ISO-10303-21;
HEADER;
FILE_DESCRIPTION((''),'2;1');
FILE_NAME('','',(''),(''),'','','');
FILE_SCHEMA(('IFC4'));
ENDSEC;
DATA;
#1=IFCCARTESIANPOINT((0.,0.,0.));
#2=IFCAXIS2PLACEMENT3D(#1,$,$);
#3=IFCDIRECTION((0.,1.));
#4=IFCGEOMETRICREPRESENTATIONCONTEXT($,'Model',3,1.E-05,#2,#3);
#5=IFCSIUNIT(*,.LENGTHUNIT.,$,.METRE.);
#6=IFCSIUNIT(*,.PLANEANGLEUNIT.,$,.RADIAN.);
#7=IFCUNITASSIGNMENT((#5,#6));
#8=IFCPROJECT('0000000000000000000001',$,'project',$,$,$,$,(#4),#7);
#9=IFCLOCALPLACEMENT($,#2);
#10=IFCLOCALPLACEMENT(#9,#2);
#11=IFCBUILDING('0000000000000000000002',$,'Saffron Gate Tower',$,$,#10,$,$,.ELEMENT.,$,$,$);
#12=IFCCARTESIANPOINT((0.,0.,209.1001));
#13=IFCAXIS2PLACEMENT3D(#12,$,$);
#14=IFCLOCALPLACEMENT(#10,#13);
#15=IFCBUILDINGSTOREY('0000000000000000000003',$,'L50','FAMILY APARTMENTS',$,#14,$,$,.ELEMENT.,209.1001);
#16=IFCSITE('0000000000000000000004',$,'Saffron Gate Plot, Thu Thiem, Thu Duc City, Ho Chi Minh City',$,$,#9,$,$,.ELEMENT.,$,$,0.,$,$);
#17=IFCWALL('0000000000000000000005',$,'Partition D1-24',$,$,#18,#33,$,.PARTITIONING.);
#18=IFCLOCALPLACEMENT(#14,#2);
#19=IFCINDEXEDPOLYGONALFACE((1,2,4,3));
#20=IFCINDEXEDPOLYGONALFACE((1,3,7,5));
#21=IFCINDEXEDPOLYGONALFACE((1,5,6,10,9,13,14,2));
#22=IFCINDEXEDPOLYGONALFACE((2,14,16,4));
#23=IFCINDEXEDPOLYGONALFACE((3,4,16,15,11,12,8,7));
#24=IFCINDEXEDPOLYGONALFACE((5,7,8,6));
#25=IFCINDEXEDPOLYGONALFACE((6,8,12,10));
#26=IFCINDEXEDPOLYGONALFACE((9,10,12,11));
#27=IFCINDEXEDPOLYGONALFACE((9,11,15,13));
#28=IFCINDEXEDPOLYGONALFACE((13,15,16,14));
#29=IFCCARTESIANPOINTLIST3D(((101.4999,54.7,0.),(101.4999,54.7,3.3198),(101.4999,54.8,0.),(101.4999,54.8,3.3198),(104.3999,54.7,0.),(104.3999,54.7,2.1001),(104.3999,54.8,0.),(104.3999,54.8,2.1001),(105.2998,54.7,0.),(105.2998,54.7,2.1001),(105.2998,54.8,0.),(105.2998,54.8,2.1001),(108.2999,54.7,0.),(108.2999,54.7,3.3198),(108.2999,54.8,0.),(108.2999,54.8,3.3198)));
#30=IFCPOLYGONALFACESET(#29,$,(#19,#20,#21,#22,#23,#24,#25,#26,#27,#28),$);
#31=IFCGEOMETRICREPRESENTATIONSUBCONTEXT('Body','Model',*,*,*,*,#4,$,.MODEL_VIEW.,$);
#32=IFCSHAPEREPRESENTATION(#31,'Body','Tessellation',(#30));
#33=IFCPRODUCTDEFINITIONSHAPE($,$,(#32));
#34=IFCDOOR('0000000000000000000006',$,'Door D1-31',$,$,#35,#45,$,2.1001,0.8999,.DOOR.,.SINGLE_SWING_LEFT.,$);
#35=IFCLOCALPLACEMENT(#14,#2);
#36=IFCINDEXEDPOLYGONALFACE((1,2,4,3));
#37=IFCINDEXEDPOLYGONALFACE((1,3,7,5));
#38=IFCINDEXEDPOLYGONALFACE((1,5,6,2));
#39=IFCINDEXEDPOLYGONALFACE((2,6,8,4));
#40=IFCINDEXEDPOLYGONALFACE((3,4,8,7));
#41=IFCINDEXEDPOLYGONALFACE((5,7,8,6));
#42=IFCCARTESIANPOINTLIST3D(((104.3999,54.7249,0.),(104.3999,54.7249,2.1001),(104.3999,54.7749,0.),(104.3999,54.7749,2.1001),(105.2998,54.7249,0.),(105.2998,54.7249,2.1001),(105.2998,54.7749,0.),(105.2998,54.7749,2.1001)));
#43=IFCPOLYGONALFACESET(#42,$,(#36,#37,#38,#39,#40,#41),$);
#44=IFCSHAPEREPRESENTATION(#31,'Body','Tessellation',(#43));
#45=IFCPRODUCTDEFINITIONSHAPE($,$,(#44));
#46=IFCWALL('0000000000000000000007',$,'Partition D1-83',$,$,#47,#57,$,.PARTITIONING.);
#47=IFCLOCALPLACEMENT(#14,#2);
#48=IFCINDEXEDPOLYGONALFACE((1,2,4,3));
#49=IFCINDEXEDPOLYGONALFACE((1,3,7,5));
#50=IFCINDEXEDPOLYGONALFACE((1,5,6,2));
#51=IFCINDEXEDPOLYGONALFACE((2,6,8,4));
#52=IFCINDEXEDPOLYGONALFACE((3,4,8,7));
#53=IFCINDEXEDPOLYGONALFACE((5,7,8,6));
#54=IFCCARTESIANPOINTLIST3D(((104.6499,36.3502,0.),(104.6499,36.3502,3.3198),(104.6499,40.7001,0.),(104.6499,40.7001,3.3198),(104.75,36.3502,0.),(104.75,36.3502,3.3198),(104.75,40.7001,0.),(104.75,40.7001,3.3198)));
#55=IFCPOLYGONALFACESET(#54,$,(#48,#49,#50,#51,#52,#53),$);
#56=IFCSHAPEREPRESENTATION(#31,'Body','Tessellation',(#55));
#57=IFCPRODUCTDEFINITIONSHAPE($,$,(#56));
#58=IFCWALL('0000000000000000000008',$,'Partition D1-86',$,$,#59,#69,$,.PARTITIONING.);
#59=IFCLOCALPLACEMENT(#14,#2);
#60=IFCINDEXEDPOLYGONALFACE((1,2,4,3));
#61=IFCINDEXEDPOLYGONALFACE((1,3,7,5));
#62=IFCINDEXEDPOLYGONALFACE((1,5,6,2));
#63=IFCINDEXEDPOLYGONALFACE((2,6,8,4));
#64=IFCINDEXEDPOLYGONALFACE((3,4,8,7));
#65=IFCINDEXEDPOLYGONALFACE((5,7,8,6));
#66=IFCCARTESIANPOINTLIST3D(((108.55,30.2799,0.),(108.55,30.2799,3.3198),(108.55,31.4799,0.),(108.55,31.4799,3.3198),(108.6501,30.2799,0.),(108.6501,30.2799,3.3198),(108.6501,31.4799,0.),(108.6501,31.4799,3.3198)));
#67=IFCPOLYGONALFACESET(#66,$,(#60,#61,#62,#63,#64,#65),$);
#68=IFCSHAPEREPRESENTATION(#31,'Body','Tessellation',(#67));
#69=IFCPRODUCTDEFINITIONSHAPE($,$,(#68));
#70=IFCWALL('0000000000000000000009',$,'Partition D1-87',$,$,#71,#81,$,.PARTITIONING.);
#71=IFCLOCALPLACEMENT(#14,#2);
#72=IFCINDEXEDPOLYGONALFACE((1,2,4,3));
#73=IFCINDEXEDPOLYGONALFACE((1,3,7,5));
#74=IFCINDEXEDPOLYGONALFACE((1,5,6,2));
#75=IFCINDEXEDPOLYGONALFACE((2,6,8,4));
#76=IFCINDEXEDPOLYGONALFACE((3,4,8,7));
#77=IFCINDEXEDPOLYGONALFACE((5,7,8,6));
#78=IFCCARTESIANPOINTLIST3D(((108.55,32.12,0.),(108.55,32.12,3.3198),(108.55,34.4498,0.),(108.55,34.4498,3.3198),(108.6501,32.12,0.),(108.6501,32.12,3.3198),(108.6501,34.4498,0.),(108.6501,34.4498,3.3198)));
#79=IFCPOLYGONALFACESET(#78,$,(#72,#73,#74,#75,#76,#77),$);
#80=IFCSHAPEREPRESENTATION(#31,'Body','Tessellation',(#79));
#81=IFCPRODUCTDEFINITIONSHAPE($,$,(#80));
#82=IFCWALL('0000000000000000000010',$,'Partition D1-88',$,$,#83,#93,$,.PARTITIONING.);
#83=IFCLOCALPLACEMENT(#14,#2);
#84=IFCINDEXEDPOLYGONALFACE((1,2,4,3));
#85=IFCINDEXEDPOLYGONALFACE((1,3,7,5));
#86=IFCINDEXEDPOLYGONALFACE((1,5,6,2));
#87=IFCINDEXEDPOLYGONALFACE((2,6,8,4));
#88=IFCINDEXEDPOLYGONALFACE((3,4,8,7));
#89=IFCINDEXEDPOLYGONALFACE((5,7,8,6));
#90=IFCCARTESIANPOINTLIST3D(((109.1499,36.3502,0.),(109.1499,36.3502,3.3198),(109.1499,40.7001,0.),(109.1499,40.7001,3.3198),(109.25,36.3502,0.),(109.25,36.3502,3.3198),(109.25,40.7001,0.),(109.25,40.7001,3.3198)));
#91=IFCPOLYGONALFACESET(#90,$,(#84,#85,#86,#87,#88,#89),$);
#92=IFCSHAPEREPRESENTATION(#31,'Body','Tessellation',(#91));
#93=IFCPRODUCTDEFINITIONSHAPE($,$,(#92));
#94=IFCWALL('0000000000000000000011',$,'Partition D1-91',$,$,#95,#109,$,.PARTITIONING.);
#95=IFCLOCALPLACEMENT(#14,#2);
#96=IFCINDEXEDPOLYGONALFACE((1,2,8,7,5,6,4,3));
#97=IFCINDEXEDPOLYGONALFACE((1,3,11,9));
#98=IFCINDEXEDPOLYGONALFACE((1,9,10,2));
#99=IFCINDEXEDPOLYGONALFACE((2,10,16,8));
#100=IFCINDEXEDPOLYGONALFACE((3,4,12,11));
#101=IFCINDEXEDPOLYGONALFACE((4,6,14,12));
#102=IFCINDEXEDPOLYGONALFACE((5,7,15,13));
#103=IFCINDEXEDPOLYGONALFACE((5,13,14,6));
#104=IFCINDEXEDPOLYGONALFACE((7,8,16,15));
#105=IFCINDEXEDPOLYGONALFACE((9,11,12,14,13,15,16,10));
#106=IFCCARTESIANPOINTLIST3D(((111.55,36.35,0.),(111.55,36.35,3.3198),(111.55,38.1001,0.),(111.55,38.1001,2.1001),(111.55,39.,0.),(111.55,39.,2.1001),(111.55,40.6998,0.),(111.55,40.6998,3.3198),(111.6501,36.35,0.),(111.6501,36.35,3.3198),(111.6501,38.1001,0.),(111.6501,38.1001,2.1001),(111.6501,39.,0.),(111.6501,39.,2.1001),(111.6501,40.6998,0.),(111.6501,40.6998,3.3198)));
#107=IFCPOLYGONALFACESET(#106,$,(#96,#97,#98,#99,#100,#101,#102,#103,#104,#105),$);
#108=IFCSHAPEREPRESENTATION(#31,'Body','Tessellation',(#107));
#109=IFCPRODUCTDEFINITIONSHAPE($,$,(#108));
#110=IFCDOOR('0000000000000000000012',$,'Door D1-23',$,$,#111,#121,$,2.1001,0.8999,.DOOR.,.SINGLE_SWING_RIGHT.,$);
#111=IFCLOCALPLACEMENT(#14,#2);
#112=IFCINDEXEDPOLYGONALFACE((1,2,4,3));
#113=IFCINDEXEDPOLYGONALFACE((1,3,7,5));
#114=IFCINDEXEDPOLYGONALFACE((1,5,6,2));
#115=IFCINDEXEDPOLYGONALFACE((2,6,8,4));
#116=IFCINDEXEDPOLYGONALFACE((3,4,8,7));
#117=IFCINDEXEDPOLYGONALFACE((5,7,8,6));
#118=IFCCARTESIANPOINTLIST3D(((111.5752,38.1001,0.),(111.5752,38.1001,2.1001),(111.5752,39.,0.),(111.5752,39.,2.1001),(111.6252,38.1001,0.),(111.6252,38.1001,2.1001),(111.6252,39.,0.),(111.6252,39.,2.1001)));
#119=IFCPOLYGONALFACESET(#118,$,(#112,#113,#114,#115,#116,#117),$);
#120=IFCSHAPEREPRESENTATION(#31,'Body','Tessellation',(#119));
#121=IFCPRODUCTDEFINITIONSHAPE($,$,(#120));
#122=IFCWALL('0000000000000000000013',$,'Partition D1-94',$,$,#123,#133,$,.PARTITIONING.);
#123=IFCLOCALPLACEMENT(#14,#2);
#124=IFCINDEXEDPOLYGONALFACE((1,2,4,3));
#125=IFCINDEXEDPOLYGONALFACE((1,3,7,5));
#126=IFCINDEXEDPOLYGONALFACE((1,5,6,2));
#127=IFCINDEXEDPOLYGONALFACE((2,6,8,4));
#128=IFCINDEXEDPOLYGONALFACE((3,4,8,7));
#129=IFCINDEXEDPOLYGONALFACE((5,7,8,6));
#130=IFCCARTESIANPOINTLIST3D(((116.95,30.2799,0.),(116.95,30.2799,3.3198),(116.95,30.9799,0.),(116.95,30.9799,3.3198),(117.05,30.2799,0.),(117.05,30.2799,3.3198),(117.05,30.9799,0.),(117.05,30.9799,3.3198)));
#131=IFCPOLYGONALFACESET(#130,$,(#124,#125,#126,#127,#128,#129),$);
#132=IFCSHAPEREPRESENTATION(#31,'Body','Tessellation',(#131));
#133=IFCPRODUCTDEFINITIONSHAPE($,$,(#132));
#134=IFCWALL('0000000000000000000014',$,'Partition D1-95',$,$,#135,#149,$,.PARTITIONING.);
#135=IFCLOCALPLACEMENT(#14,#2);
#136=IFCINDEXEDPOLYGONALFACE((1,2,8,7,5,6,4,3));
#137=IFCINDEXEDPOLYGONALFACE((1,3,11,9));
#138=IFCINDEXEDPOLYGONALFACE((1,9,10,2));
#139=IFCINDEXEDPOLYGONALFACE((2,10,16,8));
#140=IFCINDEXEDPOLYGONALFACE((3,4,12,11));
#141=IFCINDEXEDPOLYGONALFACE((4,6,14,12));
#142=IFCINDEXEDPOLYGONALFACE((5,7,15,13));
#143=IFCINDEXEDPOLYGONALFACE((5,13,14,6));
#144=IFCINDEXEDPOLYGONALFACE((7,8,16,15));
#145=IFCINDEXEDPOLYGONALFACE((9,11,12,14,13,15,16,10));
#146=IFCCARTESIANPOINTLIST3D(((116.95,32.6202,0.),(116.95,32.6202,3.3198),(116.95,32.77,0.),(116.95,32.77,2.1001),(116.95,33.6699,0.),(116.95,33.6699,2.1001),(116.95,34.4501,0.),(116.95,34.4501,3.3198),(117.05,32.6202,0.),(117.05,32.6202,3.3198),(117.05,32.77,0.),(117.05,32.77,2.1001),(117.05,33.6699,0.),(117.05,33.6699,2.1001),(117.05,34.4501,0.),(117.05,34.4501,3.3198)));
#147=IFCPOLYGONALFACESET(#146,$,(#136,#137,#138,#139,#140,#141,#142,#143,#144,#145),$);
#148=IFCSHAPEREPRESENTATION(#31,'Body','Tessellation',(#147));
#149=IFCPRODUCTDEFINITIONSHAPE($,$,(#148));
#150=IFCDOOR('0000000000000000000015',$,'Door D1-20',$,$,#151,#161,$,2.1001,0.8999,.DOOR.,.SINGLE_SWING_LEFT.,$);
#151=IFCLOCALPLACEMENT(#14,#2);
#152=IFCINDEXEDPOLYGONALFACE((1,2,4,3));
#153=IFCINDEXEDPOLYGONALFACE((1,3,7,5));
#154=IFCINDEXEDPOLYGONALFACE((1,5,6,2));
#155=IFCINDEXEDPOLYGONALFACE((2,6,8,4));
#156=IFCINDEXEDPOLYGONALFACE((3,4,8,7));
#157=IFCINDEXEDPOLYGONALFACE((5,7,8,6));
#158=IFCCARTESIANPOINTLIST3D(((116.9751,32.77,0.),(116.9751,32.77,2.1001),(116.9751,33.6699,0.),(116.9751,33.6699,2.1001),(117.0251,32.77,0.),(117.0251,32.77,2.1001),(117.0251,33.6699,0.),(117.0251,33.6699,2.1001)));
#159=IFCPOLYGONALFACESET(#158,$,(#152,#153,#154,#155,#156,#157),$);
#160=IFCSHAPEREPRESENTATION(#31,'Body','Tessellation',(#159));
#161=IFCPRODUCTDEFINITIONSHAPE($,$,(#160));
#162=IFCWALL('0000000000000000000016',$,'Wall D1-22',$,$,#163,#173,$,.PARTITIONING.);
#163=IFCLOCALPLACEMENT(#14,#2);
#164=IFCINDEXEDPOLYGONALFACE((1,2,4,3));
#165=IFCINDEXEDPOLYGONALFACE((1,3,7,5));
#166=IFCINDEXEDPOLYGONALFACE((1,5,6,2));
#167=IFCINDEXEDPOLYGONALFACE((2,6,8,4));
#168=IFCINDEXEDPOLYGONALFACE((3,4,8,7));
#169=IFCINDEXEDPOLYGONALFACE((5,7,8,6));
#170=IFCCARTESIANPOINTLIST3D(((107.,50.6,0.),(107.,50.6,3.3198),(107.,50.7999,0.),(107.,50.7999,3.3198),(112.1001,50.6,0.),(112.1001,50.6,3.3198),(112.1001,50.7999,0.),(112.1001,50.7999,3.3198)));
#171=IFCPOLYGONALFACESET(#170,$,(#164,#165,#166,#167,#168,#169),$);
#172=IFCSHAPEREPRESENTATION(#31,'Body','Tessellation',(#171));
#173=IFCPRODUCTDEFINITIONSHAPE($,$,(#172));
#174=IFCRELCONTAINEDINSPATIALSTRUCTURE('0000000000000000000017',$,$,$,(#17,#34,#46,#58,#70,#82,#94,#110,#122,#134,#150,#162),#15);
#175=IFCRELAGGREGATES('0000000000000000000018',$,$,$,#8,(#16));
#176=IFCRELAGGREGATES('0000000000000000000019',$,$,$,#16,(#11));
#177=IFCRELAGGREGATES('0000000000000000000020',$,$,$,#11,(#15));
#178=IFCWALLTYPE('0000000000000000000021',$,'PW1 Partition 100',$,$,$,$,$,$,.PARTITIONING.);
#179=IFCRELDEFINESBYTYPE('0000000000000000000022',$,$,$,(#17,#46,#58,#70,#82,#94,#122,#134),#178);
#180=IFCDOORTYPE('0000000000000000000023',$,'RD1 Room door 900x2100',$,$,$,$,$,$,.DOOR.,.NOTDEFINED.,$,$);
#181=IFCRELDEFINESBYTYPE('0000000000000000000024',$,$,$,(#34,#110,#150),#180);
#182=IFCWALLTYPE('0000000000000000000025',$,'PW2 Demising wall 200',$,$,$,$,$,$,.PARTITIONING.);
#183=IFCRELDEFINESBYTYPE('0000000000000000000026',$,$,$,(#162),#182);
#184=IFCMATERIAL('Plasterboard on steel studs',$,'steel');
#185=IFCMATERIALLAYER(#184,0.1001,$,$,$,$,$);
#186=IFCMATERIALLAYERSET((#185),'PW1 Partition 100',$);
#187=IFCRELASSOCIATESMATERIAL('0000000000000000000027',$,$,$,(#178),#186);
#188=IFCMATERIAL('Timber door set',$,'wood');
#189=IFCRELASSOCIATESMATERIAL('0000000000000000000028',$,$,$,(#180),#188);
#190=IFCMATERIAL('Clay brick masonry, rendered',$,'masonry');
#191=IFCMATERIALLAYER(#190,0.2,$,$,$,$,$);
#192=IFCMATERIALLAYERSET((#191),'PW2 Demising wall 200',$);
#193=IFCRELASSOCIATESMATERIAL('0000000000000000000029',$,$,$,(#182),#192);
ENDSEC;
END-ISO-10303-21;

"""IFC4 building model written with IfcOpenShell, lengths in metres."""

from ifc_helpers import new_model, si_unit, direction, frame, frame_2d, origin, place, context, subcontext, project, spatial, rectangle, extrude, material, layer, layer_set, type_object, element, fill, save


model = new_model("IFC4")

# Units and contexts
model_context = context("Model", 3, precision=1e-05, world=origin(), true_north=direction((0.0, 1.0)))
body_context = subcontext(model_context, "Body", "Model", "MODEL_VIEW")
ifc_project = project(units=[si_unit("LENGTHUNIT", "METRE"), si_unit("PLANEANGLEUNIT", "RADIAN")], contexts=[model_context])

# Site, building, storey
site_placement = place(None, origin())
site = spatial("IfcSite", under=ifc_project, at=site_placement, Name="Saffron Gate Plot, Thu Thiem, Thu Duc City, Ho Chi Minh City", CompositionType="ELEMENT", RefElevation=0.0)
building_placement = place(site_placement, origin())
building = spatial("IfcBuilding", under=site, at=building_placement, Name="Saffron Gate Tower", CompositionType="ELEMENT")
storey_placement = place(building_placement, frame((0.0, 0.0, 209.1001)))
storey = spatial("IfcBuildingStorey", under=building, at=storey_placement, Name="L50", Description="FAMILY APARTMENTS", CompositionType="ELEMENT", Elevation=209.1001)

# Wall, opening, door
ifc_material_1 = material(Name="Plasterboard on steel studs", Category="steel")
ifc_layer_1 = layer(ifc_material_1, 0.1001)
ifc_layer_set_1 = layer_set([ifc_layer_1], Name="PW1 Partition 100")
wall_type_1 = type_object("IfcWallType", Name="PW1 Partition 100", PredefinedType="PARTITIONING", material=ifc_layer_set_1)
wall_1_placement = place(storey_placement, frame((101.5, 54.75, 0.0), z_axis=(0.0, 0.0, 1.0), x_axis=(1.0, 0.0, 0.0)))
wall_1 = element("IfcWall", 1, at=wall_1_placement, inside=storey, type_object=wall_type_1, Name="Partition D1-24", PredefinedType="PARTITIONING", context=body_context, shape_type="SweptSolid", body=[
    extrude(rectangle(XDim=6.8, YDim=0.1001, at=frame_2d((3.3999, 0.0))), origin(), (0.0, 0.0, 1.0), 3.3198),
])
opening_1_placement = place(wall_1_placement, frame((2.8999, 0.0, 0.0)))
opening_1 = element("IfcOpeningElement", 2, at=opening_1_placement, cuts=wall_1, PredefinedType="OPENING", context=body_context, shape_type="SweptSolid", body=[
    extrude(rectangle(XDim=0.8999, YDim=2.1001, at=frame_2d((0.45, 1.05))), frame((0.0, 0.0601, 0.0), z_axis=(0.0, -1.0, 0.0), x_axis=(1.0, 0.0, 0.0)), (0.0, 0.0, 1.0), 0.1201),
])
ifc_material_2 = material(Name="Timber door set", Category="wood")
door_type_1 = type_object("IfcDoorType", Name="RD1 Room door 900x2100", OperationType="NOTDEFINED", PredefinedType="DOOR", material=ifc_material_2)
door_1_placement = place(opening_1_placement, origin())
door_1 = element("IfcDoor", 3, at=door_1_placement, inside=storey, type_object=door_type_1, Name="Door D1-31", OperationType="SINGLE_SWING_LEFT", OverallHeight=2.1001, OverallWidth=0.8999, PredefinedType="DOOR", context=body_context, shape_type="SweptSolid", body=[
    extrude(rectangle(XDim=0.8999, YDim=2.1001, at=frame_2d((0.45, 1.05))), frame((0.0, 0.0249, 0.0), z_axis=(0.0, -1.0, 0.0), x_axis=(1.0, 0.0, 0.0)), (0.0, 0.0, 1.0), 0.05),
])
fill(opening_1, door_1)

# Walls
wall_2_placement = place(storey_placement, frame((104.7, 40.7, 0.0), z_axis=(0.0, 0.0, 1.0), x_axis=(0.0, -1.0, 0.0)))
element("IfcWall", 4, at=wall_2_placement, inside=storey, type_object=wall_type_1, Name="Partition D1-83", PredefinedType="PARTITIONING", context=body_context, shape_type="SweptSolid", body=[
    extrude(rectangle(XDim=4.3499, YDim=0.1001, at=frame_2d((2.1748, 0.0))), origin(), (0.0, 0.0, 1.0), 3.3198),
])
wall_3_placement = place(storey_placement, frame((108.6001, 31.48, 0.0), z_axis=(0.0, 0.0, 1.0), x_axis=(0.0, -1.0, 0.0)))
element("IfcWall", 5, at=wall_3_placement, inside=storey, type_object=wall_type_1, Name="Partition D1-86", PredefinedType="PARTITIONING", context=body_context, shape_type="SweptSolid", body=[
    extrude(rectangle(XDim=1.2, YDim=0.1001, at=frame_2d((0.6001, 0.0))), origin(), (0.0, 0.0, 1.0), 3.3198),
])
wall_4_placement = place(storey_placement, frame((108.6001, 34.45, 0.0), z_axis=(0.0, 0.0, 1.0), x_axis=(0.0, -1.0, 0.0)))
element("IfcWall", 6, at=wall_4_placement, inside=storey, type_object=wall_type_1, Name="Partition D1-87", PredefinedType="PARTITIONING", context=body_context, shape_type="SweptSolid", body=[
    extrude(rectangle(XDim=2.3298, YDim=0.1001, at=frame_2d((1.165, 0.0))), origin(), (0.0, 0.0, 1.0), 3.3198),
])
wall_5_placement = place(storey_placement, frame((109.2, 40.7, 0.0), z_axis=(0.0, 0.0, 1.0), x_axis=(0.0, -1.0, 0.0)))
element("IfcWall", 7, at=wall_5_placement, inside=storey, type_object=wall_type_1, Name="Partition D1-88", PredefinedType="PARTITIONING", context=body_context, shape_type="SweptSolid", body=[
    extrude(rectangle(XDim=4.3499, YDim=0.1001, at=frame_2d((2.1748, 0.0))), origin(), (0.0, 0.0, 1.0), 3.3198),
])

# Wall, opening, door
wall_6_placement = place(storey_placement, frame((111.6001, 36.3501, 0.0), z_axis=(0.0, 0.0, 1.0), x_axis=(0.0, 1.0, 0.0)))
wall_6 = element("IfcWall", 8, at=wall_6_placement, inside=storey, type_object=wall_type_1, Name="Partition D1-91", PredefinedType="PARTITIONING", context=body_context, shape_type="SweptSolid", body=[
    extrude(rectangle(XDim=4.3499, YDim=0.1001, at=frame_2d((2.1748, 0.0))), origin(), (0.0, 0.0, 1.0), 3.3198),
])
opening_2_placement = place(wall_6_placement, frame((1.75, 0.0, 0.0)))
opening_2 = element("IfcOpeningElement", 9, at=opening_2_placement, cuts=wall_6, PredefinedType="OPENING", context=body_context, shape_type="SweptSolid", body=[
    extrude(rectangle(XDim=0.8999, YDim=2.1001, at=frame_2d((0.45, 1.05))), frame((0.0, 0.0601, 0.0), z_axis=(0.0, -1.0, 0.0), x_axis=(1.0, 0.0, 0.0)), (0.0, 0.0, 1.0), 0.1201),
])
door_2_placement = place(opening_2_placement, origin())
door_2 = element("IfcDoor", 10, at=door_2_placement, inside=storey, type_object=door_type_1, Name="Door D1-23", OperationType="SINGLE_SWING_RIGHT", OverallHeight=2.1001, OverallWidth=0.8999, PredefinedType="DOOR", context=body_context, shape_type="SweptSolid", body=[
    extrude(rectangle(XDim=0.8999, YDim=2.1001, at=frame_2d((0.45, 1.05))), frame((0.0, 0.0249, 0.0), z_axis=(0.0, -1.0, 0.0), x_axis=(1.0, 0.0, 0.0)), (0.0, 0.0, 1.0), 0.05),
])
fill(opening_2, door_2)

# Wall
wall_7_placement = place(storey_placement, frame((117.0, 30.98, 0.0), z_axis=(0.0, 0.0, 1.0), x_axis=(0.0, -1.0, 0.0)))
element("IfcWall", 11, at=wall_7_placement, inside=storey, type_object=wall_type_1, Name="Partition D1-94", PredefinedType="PARTITIONING", context=body_context, shape_type="SweptSolid", body=[
    extrude(rectangle(XDim=0.7, YDim=0.1001, at=frame_2d((0.3501, 0.0))), origin(), (0.0, 0.0, 1.0), 3.3198),
])

# Wall, opening, door
wall_8_placement = place(storey_placement, frame((117.0, 32.6201, 0.0), z_axis=(0.0, 0.0, 1.0), x_axis=(0.0, 1.0, 0.0)))
wall_8 = element("IfcWall", 12, at=wall_8_placement, inside=storey, type_object=wall_type_1, Name="Partition D1-95", PredefinedType="PARTITIONING", context=body_context, shape_type="SweptSolid", body=[
    extrude(rectangle(XDim=1.8298, YDim=0.1001, at=frame_2d((0.915, 0.0))), origin(), (0.0, 0.0, 1.0), 3.3198),
])
opening_3_placement = place(wall_8_placement, frame((0.1499, 0.0, 0.0)))
opening_3 = element("IfcOpeningElement", 13, at=opening_3_placement, cuts=wall_8, PredefinedType="OPENING", context=body_context, shape_type="SweptSolid", body=[
    extrude(rectangle(XDim=0.8999, YDim=2.1001, at=frame_2d((0.45, 1.05))), frame((0.0, 0.0601, 0.0), z_axis=(0.0, -1.0, 0.0), x_axis=(1.0, 0.0, 0.0)), (0.0, 0.0, 1.0), 0.1201),
])
door_3_placement = place(opening_3_placement, origin())
door_3 = element("IfcDoor", 14, at=door_3_placement, inside=storey, type_object=door_type_1, Name="Door D1-20", OperationType="SINGLE_SWING_LEFT", OverallHeight=2.1001, OverallWidth=0.8999, PredefinedType="DOOR", context=body_context, shape_type="SweptSolid", body=[
    extrude(rectangle(XDim=0.8999, YDim=2.1001, at=frame_2d((0.45, 1.05))), frame((0.0, 0.0249, 0.0), z_axis=(0.0, -1.0, 0.0), x_axis=(1.0, 0.0, 0.0)), (0.0, 0.0, 1.0), 0.05),
])
fill(opening_3, door_3)

# Wall
ifc_material_3 = material(Name="Clay brick masonry, rendered", Category="masonry")
ifc_layer_2 = layer(ifc_material_3, 0.2)
ifc_layer_set_2 = layer_set([ifc_layer_2], Name="PW2 Demising wall 200")
wall_type_2 = type_object("IfcWallType", Name="PW2 Demising wall 200", PredefinedType="PARTITIONING", material=ifc_layer_set_2)
wall_9_placement = place(storey_placement, frame((107.0, 50.7, 0.0), z_axis=(0.0, 0.0, 1.0), x_axis=(1.0, 0.0, 0.0)))
element("IfcWall", 15, at=wall_9_placement, inside=storey, type_object=wall_type_2, Name="Wall D1-22", PredefinedType="PARTITIONING", context=body_context, shape_type="SweptSolid", body=[
    extrude(rectangle(XDim=5.1001, YDim=0.2, at=frame_2d((2.55, 0.0))), origin(), (0.0, 0.0, 1.0), 3.3198),
])

save(model, "model.ifc")
